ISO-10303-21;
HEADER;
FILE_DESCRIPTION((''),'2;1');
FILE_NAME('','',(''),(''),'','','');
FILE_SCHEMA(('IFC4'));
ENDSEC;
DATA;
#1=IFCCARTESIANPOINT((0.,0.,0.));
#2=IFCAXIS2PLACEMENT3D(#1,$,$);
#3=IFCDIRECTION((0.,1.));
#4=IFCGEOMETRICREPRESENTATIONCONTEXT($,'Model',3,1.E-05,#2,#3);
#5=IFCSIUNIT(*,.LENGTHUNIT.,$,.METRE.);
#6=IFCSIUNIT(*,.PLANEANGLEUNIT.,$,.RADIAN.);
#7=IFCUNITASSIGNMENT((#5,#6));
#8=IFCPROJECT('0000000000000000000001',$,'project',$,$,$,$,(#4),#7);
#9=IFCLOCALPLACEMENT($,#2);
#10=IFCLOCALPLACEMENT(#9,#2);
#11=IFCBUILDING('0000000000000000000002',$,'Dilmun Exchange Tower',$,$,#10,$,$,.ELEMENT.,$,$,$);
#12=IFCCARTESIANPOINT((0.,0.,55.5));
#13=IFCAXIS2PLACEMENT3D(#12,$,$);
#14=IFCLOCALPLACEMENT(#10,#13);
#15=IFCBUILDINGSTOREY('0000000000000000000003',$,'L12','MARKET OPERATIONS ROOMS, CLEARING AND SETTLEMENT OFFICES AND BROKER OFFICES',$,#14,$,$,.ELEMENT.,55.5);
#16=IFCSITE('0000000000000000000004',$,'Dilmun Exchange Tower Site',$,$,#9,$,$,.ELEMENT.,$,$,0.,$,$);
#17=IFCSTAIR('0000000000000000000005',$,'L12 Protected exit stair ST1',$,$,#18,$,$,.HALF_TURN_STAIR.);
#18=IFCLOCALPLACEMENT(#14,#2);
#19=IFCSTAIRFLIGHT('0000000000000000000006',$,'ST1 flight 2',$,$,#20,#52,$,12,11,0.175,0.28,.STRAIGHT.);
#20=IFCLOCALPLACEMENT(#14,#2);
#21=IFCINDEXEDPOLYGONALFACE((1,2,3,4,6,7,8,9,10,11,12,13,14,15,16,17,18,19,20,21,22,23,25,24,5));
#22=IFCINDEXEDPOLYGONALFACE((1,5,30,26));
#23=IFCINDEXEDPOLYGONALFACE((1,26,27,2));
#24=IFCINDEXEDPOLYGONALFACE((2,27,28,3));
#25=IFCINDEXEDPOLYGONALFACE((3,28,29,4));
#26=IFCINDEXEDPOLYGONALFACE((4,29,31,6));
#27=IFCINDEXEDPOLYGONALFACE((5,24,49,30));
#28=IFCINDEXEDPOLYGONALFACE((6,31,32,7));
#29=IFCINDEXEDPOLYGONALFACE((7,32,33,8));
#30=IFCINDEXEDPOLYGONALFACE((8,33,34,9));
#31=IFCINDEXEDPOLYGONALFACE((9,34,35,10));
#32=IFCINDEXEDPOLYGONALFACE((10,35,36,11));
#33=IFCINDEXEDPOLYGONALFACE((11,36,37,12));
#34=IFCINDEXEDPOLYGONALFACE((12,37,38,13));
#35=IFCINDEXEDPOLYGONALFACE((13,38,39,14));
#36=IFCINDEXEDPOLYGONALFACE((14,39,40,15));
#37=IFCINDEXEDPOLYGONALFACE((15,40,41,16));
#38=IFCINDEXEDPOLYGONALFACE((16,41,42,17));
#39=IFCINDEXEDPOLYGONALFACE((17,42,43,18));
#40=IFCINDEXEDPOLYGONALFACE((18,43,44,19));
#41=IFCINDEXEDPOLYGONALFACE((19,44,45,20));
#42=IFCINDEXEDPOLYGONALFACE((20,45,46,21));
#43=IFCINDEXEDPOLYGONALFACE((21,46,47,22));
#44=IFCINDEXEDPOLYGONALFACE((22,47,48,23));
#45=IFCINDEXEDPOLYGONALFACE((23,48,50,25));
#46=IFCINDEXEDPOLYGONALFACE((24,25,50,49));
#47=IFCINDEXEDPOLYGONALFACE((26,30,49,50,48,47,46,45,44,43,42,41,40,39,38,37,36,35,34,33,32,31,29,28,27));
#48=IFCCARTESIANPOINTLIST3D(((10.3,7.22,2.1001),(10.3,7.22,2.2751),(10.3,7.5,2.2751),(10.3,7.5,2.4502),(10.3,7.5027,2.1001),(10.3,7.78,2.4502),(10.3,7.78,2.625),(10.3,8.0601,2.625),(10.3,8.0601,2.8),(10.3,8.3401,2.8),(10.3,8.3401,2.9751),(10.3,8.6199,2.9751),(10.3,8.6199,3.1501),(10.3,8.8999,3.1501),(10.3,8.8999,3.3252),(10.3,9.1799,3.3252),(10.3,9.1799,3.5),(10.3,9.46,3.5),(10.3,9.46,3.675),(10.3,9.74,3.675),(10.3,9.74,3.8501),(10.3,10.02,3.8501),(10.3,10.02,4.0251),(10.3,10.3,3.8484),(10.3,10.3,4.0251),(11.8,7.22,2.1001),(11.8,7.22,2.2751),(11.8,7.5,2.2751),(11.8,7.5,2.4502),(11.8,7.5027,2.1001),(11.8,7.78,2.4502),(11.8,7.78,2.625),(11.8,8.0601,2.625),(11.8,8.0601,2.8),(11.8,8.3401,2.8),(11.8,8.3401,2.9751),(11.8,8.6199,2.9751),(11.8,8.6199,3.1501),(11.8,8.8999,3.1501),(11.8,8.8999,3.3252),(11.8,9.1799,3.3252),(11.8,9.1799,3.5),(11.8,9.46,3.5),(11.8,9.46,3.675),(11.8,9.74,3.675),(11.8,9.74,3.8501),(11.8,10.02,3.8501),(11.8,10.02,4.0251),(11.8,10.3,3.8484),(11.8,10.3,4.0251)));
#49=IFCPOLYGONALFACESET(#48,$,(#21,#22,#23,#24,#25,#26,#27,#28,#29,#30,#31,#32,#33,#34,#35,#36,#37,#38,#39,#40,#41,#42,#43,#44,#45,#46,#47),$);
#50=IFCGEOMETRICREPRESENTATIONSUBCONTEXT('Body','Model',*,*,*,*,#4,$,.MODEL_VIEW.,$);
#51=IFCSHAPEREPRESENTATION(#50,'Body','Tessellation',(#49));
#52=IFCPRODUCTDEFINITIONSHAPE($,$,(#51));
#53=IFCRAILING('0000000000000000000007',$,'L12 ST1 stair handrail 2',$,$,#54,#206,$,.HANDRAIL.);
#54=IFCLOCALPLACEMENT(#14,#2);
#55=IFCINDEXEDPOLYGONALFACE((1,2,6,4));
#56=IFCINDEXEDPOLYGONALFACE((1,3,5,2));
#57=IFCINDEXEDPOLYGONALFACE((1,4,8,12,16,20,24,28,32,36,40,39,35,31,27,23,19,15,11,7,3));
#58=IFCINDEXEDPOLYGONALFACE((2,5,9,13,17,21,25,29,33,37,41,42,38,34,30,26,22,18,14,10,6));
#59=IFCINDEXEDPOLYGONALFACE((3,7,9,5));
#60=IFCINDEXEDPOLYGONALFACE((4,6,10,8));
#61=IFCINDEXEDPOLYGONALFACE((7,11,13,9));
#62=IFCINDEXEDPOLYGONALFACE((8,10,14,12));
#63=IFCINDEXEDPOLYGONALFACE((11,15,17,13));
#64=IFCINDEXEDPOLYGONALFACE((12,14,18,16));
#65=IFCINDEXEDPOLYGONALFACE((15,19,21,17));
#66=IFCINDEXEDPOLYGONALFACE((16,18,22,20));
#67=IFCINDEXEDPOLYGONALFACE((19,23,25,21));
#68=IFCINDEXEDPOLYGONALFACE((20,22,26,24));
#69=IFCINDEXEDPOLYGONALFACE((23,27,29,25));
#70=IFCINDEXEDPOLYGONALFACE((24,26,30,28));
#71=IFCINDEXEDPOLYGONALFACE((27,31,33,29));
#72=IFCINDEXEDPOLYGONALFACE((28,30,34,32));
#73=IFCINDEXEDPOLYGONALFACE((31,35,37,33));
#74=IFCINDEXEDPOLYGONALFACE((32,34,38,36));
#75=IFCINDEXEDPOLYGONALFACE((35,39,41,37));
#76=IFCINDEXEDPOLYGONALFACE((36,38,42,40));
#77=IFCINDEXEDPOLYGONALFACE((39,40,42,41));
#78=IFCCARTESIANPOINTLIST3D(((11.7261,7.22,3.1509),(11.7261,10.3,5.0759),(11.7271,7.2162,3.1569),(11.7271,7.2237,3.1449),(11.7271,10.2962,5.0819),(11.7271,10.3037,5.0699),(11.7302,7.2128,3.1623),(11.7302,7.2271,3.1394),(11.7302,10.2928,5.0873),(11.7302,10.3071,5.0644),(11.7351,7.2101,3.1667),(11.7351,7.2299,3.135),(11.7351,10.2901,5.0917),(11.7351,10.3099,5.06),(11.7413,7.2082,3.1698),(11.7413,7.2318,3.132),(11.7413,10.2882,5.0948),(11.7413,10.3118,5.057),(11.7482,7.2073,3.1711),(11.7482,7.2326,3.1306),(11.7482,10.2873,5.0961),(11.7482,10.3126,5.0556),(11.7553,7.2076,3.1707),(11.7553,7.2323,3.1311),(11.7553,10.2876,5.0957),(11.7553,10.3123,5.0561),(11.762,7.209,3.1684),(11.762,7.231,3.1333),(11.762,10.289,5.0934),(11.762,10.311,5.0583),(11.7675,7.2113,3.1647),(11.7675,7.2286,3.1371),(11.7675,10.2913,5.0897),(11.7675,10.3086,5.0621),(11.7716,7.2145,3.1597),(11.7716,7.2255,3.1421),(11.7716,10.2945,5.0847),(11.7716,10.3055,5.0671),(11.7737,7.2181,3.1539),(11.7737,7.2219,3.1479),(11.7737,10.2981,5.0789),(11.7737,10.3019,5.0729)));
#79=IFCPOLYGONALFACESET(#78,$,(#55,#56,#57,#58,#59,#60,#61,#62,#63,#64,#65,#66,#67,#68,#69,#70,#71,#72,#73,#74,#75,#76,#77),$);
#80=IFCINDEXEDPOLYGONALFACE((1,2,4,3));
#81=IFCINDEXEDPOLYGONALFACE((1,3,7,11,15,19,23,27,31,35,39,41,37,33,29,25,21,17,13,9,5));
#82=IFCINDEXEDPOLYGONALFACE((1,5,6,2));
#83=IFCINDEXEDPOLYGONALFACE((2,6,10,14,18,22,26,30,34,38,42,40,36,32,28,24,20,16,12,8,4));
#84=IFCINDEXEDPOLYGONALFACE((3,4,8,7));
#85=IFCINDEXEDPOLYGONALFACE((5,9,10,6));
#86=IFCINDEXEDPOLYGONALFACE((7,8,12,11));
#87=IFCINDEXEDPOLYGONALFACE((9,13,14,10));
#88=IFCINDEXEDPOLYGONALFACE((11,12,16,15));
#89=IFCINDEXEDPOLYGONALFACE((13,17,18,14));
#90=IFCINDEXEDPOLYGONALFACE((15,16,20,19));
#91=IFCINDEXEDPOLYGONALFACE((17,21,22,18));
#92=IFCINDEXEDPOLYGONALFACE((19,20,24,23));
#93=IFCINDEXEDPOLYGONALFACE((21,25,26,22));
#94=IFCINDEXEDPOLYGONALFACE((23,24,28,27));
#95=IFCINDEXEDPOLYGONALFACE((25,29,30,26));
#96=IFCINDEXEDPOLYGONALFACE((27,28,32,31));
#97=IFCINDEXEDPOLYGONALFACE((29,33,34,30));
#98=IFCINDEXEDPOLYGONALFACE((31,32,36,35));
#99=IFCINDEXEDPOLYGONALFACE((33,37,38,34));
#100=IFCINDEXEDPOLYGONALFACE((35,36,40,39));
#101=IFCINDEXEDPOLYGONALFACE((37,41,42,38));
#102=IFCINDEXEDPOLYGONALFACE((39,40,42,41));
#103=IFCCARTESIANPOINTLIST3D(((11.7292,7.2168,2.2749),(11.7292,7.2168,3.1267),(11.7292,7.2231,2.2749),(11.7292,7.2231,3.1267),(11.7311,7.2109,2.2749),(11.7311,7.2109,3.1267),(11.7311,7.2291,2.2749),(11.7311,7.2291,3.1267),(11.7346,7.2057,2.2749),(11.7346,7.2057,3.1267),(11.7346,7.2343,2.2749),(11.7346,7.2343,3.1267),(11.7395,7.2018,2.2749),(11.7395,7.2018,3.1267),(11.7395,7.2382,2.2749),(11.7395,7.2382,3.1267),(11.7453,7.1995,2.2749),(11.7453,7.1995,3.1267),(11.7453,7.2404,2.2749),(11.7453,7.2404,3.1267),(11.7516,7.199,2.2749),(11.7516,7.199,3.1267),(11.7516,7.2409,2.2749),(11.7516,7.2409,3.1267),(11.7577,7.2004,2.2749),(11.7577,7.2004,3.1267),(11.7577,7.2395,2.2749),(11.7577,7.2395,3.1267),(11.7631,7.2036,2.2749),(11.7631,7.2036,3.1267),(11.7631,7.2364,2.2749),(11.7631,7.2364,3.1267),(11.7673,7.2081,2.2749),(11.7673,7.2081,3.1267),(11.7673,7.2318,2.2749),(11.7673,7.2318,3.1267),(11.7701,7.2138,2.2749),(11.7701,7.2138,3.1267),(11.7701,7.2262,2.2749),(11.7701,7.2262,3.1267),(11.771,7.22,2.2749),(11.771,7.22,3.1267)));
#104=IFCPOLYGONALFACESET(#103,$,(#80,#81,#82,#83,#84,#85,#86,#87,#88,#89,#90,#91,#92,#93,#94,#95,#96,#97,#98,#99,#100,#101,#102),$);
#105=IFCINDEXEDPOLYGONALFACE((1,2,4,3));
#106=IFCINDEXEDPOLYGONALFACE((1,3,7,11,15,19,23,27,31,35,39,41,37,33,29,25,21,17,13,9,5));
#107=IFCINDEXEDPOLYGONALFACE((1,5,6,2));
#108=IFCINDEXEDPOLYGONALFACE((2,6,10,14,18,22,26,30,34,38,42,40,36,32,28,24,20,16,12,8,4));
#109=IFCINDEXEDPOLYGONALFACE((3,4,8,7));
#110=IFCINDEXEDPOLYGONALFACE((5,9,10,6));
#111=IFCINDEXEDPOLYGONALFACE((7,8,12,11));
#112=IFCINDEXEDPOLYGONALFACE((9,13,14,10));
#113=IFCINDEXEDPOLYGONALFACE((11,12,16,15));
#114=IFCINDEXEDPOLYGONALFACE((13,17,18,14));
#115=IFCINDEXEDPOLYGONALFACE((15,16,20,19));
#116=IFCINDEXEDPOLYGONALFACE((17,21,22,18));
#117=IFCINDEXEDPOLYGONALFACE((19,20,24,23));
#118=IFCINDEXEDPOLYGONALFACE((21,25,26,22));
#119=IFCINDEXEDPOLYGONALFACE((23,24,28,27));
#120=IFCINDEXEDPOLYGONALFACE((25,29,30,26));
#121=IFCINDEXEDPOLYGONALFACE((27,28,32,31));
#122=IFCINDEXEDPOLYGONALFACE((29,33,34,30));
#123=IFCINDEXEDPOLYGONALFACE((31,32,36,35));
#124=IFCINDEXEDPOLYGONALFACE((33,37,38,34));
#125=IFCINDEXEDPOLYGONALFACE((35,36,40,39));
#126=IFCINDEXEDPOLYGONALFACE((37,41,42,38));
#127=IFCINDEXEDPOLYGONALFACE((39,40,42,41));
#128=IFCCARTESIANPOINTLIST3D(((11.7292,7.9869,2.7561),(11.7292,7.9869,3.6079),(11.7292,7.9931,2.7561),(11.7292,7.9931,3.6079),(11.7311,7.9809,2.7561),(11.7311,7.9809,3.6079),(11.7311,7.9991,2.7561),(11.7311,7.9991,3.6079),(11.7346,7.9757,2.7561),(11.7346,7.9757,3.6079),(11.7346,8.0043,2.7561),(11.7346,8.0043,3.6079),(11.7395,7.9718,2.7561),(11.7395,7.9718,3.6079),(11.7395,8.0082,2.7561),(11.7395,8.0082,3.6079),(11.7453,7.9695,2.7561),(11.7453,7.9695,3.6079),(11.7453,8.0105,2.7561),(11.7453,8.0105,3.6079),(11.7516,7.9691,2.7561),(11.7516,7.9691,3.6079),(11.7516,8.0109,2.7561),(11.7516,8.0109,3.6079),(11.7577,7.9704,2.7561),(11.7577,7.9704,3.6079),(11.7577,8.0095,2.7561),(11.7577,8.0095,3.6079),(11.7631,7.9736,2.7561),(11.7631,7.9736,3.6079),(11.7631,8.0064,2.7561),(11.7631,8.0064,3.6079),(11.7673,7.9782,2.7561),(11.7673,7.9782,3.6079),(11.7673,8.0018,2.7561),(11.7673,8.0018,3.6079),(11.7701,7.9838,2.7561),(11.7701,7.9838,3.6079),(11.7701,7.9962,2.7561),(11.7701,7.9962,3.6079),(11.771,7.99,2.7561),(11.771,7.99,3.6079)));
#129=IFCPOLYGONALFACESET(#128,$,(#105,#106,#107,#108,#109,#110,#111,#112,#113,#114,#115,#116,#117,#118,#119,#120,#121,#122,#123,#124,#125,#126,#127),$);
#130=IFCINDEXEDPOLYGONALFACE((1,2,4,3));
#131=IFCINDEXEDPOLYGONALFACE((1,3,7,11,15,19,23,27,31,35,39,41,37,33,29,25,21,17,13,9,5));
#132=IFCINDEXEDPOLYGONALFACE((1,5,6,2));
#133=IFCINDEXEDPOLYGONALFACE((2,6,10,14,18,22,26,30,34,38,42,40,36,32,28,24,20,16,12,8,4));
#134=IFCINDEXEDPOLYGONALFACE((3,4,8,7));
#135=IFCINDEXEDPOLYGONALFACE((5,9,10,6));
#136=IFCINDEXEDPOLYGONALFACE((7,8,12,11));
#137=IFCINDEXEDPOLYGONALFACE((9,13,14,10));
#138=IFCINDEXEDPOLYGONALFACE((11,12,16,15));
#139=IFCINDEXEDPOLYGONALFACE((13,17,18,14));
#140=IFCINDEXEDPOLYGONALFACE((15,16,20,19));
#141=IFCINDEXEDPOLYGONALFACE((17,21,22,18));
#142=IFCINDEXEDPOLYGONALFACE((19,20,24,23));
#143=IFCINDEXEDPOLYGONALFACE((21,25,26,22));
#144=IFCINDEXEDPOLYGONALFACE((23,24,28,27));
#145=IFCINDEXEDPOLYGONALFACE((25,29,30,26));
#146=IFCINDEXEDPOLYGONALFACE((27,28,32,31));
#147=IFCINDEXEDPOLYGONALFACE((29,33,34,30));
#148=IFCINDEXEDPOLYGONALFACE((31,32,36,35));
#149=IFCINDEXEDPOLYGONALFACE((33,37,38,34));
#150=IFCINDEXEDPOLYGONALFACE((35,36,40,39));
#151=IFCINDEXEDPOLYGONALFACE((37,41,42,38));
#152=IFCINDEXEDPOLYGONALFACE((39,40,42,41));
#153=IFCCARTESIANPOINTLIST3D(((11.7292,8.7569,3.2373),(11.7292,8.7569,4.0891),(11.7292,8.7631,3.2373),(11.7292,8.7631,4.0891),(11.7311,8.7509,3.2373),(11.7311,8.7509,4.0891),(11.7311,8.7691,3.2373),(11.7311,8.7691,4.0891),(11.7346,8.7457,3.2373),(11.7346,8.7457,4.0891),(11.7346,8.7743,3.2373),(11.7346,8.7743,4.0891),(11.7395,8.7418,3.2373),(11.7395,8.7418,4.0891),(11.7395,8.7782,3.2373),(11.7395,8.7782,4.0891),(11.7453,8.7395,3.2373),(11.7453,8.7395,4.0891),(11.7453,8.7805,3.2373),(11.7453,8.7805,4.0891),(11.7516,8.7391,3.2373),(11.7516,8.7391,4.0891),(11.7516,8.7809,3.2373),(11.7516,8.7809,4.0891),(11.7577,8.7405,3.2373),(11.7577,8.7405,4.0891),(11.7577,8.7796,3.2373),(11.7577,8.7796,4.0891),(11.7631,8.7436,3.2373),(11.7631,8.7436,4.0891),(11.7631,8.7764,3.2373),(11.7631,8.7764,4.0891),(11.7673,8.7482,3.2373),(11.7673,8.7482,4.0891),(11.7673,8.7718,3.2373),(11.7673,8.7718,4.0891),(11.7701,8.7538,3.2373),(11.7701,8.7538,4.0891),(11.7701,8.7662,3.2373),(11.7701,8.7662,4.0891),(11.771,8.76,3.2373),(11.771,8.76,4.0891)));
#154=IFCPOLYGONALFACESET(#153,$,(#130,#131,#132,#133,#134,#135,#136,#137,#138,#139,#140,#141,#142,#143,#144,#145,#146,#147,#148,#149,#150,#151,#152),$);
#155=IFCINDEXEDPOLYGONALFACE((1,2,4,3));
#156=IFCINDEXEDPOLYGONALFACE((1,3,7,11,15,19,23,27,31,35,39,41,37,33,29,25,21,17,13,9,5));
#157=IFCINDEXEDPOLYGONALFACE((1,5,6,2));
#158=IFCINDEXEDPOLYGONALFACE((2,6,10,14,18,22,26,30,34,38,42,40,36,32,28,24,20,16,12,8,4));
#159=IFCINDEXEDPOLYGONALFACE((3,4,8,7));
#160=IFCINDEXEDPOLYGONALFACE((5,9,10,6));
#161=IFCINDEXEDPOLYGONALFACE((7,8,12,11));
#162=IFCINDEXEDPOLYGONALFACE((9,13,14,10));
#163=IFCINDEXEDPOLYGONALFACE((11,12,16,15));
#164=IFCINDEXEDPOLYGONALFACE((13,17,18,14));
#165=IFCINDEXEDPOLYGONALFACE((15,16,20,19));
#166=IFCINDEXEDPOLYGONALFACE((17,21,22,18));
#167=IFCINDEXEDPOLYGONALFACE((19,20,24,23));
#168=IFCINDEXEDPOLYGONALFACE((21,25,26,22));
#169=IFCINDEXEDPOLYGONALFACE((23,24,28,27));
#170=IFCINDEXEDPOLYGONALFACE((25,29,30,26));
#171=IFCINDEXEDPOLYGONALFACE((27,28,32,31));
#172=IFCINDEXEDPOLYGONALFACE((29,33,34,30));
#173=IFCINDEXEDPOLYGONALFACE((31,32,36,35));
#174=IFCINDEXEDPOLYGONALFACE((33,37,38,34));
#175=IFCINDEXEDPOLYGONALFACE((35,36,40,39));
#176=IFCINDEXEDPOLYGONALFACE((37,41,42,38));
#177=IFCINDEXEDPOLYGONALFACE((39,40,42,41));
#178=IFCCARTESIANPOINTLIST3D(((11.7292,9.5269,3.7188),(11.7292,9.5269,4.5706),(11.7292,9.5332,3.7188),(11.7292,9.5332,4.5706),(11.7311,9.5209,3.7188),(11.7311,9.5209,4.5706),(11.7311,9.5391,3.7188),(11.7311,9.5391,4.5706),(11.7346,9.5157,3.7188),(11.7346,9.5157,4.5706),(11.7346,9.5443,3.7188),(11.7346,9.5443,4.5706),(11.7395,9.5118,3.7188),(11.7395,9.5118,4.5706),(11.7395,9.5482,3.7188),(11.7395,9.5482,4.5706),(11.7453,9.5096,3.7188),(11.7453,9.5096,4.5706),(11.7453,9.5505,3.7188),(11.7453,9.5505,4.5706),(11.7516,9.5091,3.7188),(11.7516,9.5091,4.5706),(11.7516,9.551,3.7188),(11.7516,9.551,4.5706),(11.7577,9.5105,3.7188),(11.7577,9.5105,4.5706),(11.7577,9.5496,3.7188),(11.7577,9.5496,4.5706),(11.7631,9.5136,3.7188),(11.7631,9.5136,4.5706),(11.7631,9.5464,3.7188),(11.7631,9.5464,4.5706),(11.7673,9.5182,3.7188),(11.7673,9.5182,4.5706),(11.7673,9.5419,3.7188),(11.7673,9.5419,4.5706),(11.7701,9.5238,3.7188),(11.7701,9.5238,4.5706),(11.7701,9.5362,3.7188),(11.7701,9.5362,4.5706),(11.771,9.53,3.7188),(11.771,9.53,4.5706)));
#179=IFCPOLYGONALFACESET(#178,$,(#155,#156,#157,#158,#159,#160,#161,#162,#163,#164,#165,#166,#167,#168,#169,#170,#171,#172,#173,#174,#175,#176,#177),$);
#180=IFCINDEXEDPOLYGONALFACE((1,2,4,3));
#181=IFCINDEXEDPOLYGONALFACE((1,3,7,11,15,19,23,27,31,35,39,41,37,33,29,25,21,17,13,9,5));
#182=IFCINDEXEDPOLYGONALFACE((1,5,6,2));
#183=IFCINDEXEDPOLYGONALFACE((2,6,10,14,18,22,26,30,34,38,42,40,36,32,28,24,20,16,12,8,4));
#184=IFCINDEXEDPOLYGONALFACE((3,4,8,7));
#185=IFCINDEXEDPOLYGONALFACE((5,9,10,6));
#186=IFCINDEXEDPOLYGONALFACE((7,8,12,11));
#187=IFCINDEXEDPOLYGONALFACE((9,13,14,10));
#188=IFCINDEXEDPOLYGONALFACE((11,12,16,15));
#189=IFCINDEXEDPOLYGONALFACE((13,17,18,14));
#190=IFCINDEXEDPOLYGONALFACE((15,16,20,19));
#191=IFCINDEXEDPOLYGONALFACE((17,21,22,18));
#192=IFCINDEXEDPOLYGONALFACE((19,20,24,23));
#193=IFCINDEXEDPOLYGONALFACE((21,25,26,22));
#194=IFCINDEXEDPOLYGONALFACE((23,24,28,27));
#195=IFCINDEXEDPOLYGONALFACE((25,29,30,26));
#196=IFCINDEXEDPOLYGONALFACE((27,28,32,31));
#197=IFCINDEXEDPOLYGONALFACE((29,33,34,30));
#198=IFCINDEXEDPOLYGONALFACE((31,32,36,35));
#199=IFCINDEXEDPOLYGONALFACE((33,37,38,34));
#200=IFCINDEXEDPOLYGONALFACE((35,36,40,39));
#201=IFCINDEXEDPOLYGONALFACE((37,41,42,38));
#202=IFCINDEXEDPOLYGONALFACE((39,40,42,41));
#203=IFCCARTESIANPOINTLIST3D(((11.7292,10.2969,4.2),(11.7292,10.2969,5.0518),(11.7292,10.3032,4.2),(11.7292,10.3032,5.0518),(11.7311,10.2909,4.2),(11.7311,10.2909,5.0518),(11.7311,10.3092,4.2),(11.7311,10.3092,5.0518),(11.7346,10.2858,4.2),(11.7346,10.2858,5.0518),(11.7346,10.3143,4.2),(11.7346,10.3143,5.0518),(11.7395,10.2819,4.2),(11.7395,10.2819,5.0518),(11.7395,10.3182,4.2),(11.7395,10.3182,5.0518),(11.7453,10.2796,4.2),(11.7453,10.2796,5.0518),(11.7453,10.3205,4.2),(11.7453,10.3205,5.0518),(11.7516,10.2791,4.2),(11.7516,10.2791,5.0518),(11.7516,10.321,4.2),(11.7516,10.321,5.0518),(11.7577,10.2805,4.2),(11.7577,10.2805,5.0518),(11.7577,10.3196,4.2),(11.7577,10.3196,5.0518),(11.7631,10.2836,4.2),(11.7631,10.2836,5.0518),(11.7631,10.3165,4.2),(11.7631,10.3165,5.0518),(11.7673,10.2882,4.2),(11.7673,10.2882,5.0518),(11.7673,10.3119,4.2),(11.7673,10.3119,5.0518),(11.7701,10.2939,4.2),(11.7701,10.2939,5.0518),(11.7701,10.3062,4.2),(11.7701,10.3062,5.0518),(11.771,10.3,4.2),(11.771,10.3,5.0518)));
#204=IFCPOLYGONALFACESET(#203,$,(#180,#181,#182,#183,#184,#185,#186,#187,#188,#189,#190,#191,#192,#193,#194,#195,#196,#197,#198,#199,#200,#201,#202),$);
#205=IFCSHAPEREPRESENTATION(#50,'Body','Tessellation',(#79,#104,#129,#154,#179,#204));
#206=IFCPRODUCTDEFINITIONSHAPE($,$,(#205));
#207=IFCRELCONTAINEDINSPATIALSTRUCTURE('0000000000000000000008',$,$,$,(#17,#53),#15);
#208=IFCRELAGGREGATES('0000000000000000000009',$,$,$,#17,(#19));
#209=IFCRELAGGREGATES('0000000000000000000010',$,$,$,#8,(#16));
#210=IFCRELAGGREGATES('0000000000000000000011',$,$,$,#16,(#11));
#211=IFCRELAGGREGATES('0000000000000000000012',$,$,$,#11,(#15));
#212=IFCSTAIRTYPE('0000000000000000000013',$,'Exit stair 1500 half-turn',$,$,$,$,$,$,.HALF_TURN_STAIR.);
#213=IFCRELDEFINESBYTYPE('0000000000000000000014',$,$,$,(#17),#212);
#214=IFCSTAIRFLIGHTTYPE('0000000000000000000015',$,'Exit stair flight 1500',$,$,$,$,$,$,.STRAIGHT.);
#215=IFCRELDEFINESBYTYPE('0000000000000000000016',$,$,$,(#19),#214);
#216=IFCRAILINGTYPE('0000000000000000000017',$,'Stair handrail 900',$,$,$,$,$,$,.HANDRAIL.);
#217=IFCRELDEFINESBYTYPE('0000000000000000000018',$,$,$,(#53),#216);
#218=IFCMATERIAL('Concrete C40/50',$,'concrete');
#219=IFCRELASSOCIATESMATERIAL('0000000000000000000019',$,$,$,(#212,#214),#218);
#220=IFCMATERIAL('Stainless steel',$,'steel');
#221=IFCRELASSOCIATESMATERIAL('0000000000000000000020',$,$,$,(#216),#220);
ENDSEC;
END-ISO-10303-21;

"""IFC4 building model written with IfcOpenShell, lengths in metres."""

from ifc_helpers import new_model, si_unit, direction, frame, origin, origin_2d, place, context, subcontext, project, spatial, polyline, circle, outline, extrude, material, type_object, element, aggregate, save


model = new_model("IFC4")

# Units and contexts
model_context = context("Model", 3, precision=1e-05, world=origin(), true_north=direction((0.0, 1.0)))
body_context = subcontext(model_context, "Body", "Model", "MODEL_VIEW")
ifc_project = project(units=[si_unit("LENGTHUNIT", "METRE"), si_unit("PLANEANGLEUNIT", "RADIAN")], contexts=[model_context])

# Site, building, storey
site_placement = place(None, origin())
site = spatial("IfcSite", under=ifc_project, at=site_placement, Name="Dilmun Exchange Tower Site", CompositionType="ELEMENT", RefElevation=0.0)
building_placement = place(site_placement, origin())
building = spatial("IfcBuilding", under=site, at=building_placement, Name="Dilmun Exchange Tower", CompositionType="ELEMENT")
storey_placement = place(building_placement, frame((0.0, 0.0, 55.5)))
storey = spatial("IfcBuildingStorey", under=building, at=storey_placement, Name="L12", Description="MARKET OPERATIONS ROOMS, CLEARING AND SETTLEMENT OFFICES AND BROKER OFFICES", CompositionType="ELEMENT", Elevation=55.5)

# Shared definitions
ifc_material_1 = material(Name="Concrete C40/50", Category="concrete")

# Stair, stair flight
stair_type = type_object("IfcStairType", Name="Exit stair 1500 half-turn", PredefinedType="HALF_TURN_STAIR", material=ifc_material_1)
stair_placement = place(storey_placement, origin())
stair = element("IfcStair", 1, at=stair_placement, inside=storey, type_object=stair_type, Name="L12 Protected exit stair ST1", PredefinedType="HALF_TURN_STAIR")
stair_flight_type = type_object("IfcStairFlightType", Name="Exit stair flight 1500", PredefinedType="STRAIGHT", material=ifc_material_1)
stair_flight_1_placement = place(storey_placement, frame((11.05, 7.22, 2.1001), z_axis=(0.0, 0.0, 1.0), x_axis=(0.0, 1.0, 0.0)))
stair_flight_1 = element("IfcStairFlight", 2, at=stair_flight_1_placement, type_object=stair_flight_type, Name="ST1 flight 2", NumberOfRisers=12, NumberOfTreads=11, PredefinedType="STRAIGHT", RiserHeight=0.175, TreadLength=0.28, context=body_context, shape_type="SweptSolid", body=[
    extrude(outline(polyline([(0.0, 0.0), (0.0, 0.175), (0.28, 0.175), (0.28, 0.3501), (0.5601, 0.3501), (0.5601, 0.5249), (0.8401, 0.5249), (0.8401, 0.7), (1.1201, 0.7), (1.1201, 0.875), (1.3999, 0.875), (1.3999, 1.05), (1.6799, 1.05), (1.6799, 1.2251), (1.96, 1.2251), (1.96, 1.3999), (2.24, 1.3999), (2.24, 1.575), (2.52, 1.575), (2.52, 1.75), (2.8, 1.75), (2.8, 1.925), (3.0801, 1.925), (3.0801, 2.1001), (3.0801, 1.7483), (0.2827, 0.0), (0.0, 0.0)])), frame((0.0, 0.75, 0.0), z_axis=(0.0, -1.0, 0.0), x_axis=(1.0, 0.0, 0.0)), (0.0, 0.0, 1.0), 1.5),
])
aggregate(stair, [stair_flight_1])

# Railing
ifc_material_2 = material(Name="Stainless steel", Category="steel")
railing_type = type_object("IfcRailingType", Name="Stair handrail 900", PredefinedType="HANDRAIL", material=ifc_material_2)
railing_placement = place(storey_placement, frame((11.75, 7.22, 2.2749)))
element("IfcRailing", 3, at=railing_placement, inside=storey, type_object=railing_type, Name="L12 ST1 stair handrail 2", PredefinedType="HANDRAIL", context=body_context, shape_type="SweptSolid", body=[
    extrude(circle(Radius=0.0239, at=origin_2d()), frame((0.0, 0.0, 0.876), z_axis=(0.0, 0.847998, 0.529999), x_axis=(-1.0, 0.0, 0.0)), (0.0, 0.0, 1.0), 3.6321),
    extrude(circle(Radius=0.021, at=origin_2d()), origin(), (0.0, 0.0, 1.0), 0.8518),
    extrude(circle(Radius=0.021, at=origin_2d()), frame((0.0, 0.77, 0.4812)), (0.0, 0.0, 1.0), 0.8518),
    extrude(circle(Radius=0.021, at=origin_2d()), frame((0.0, 1.54, 0.9624)), (0.0, 0.0, 1.0), 0.8518),
    extrude(circle(Radius=0.021, at=origin_2d()), frame((0.0, 2.3101, 1.4438)), (0.0, 0.0, 1.0), 0.8518),
    extrude(circle(Radius=0.021, at=origin_2d()), frame((0.0, 3.0801, 1.925)), (0.0, 0.0, 1.0), 0.8518),
])

save(model, "model.ifc")
